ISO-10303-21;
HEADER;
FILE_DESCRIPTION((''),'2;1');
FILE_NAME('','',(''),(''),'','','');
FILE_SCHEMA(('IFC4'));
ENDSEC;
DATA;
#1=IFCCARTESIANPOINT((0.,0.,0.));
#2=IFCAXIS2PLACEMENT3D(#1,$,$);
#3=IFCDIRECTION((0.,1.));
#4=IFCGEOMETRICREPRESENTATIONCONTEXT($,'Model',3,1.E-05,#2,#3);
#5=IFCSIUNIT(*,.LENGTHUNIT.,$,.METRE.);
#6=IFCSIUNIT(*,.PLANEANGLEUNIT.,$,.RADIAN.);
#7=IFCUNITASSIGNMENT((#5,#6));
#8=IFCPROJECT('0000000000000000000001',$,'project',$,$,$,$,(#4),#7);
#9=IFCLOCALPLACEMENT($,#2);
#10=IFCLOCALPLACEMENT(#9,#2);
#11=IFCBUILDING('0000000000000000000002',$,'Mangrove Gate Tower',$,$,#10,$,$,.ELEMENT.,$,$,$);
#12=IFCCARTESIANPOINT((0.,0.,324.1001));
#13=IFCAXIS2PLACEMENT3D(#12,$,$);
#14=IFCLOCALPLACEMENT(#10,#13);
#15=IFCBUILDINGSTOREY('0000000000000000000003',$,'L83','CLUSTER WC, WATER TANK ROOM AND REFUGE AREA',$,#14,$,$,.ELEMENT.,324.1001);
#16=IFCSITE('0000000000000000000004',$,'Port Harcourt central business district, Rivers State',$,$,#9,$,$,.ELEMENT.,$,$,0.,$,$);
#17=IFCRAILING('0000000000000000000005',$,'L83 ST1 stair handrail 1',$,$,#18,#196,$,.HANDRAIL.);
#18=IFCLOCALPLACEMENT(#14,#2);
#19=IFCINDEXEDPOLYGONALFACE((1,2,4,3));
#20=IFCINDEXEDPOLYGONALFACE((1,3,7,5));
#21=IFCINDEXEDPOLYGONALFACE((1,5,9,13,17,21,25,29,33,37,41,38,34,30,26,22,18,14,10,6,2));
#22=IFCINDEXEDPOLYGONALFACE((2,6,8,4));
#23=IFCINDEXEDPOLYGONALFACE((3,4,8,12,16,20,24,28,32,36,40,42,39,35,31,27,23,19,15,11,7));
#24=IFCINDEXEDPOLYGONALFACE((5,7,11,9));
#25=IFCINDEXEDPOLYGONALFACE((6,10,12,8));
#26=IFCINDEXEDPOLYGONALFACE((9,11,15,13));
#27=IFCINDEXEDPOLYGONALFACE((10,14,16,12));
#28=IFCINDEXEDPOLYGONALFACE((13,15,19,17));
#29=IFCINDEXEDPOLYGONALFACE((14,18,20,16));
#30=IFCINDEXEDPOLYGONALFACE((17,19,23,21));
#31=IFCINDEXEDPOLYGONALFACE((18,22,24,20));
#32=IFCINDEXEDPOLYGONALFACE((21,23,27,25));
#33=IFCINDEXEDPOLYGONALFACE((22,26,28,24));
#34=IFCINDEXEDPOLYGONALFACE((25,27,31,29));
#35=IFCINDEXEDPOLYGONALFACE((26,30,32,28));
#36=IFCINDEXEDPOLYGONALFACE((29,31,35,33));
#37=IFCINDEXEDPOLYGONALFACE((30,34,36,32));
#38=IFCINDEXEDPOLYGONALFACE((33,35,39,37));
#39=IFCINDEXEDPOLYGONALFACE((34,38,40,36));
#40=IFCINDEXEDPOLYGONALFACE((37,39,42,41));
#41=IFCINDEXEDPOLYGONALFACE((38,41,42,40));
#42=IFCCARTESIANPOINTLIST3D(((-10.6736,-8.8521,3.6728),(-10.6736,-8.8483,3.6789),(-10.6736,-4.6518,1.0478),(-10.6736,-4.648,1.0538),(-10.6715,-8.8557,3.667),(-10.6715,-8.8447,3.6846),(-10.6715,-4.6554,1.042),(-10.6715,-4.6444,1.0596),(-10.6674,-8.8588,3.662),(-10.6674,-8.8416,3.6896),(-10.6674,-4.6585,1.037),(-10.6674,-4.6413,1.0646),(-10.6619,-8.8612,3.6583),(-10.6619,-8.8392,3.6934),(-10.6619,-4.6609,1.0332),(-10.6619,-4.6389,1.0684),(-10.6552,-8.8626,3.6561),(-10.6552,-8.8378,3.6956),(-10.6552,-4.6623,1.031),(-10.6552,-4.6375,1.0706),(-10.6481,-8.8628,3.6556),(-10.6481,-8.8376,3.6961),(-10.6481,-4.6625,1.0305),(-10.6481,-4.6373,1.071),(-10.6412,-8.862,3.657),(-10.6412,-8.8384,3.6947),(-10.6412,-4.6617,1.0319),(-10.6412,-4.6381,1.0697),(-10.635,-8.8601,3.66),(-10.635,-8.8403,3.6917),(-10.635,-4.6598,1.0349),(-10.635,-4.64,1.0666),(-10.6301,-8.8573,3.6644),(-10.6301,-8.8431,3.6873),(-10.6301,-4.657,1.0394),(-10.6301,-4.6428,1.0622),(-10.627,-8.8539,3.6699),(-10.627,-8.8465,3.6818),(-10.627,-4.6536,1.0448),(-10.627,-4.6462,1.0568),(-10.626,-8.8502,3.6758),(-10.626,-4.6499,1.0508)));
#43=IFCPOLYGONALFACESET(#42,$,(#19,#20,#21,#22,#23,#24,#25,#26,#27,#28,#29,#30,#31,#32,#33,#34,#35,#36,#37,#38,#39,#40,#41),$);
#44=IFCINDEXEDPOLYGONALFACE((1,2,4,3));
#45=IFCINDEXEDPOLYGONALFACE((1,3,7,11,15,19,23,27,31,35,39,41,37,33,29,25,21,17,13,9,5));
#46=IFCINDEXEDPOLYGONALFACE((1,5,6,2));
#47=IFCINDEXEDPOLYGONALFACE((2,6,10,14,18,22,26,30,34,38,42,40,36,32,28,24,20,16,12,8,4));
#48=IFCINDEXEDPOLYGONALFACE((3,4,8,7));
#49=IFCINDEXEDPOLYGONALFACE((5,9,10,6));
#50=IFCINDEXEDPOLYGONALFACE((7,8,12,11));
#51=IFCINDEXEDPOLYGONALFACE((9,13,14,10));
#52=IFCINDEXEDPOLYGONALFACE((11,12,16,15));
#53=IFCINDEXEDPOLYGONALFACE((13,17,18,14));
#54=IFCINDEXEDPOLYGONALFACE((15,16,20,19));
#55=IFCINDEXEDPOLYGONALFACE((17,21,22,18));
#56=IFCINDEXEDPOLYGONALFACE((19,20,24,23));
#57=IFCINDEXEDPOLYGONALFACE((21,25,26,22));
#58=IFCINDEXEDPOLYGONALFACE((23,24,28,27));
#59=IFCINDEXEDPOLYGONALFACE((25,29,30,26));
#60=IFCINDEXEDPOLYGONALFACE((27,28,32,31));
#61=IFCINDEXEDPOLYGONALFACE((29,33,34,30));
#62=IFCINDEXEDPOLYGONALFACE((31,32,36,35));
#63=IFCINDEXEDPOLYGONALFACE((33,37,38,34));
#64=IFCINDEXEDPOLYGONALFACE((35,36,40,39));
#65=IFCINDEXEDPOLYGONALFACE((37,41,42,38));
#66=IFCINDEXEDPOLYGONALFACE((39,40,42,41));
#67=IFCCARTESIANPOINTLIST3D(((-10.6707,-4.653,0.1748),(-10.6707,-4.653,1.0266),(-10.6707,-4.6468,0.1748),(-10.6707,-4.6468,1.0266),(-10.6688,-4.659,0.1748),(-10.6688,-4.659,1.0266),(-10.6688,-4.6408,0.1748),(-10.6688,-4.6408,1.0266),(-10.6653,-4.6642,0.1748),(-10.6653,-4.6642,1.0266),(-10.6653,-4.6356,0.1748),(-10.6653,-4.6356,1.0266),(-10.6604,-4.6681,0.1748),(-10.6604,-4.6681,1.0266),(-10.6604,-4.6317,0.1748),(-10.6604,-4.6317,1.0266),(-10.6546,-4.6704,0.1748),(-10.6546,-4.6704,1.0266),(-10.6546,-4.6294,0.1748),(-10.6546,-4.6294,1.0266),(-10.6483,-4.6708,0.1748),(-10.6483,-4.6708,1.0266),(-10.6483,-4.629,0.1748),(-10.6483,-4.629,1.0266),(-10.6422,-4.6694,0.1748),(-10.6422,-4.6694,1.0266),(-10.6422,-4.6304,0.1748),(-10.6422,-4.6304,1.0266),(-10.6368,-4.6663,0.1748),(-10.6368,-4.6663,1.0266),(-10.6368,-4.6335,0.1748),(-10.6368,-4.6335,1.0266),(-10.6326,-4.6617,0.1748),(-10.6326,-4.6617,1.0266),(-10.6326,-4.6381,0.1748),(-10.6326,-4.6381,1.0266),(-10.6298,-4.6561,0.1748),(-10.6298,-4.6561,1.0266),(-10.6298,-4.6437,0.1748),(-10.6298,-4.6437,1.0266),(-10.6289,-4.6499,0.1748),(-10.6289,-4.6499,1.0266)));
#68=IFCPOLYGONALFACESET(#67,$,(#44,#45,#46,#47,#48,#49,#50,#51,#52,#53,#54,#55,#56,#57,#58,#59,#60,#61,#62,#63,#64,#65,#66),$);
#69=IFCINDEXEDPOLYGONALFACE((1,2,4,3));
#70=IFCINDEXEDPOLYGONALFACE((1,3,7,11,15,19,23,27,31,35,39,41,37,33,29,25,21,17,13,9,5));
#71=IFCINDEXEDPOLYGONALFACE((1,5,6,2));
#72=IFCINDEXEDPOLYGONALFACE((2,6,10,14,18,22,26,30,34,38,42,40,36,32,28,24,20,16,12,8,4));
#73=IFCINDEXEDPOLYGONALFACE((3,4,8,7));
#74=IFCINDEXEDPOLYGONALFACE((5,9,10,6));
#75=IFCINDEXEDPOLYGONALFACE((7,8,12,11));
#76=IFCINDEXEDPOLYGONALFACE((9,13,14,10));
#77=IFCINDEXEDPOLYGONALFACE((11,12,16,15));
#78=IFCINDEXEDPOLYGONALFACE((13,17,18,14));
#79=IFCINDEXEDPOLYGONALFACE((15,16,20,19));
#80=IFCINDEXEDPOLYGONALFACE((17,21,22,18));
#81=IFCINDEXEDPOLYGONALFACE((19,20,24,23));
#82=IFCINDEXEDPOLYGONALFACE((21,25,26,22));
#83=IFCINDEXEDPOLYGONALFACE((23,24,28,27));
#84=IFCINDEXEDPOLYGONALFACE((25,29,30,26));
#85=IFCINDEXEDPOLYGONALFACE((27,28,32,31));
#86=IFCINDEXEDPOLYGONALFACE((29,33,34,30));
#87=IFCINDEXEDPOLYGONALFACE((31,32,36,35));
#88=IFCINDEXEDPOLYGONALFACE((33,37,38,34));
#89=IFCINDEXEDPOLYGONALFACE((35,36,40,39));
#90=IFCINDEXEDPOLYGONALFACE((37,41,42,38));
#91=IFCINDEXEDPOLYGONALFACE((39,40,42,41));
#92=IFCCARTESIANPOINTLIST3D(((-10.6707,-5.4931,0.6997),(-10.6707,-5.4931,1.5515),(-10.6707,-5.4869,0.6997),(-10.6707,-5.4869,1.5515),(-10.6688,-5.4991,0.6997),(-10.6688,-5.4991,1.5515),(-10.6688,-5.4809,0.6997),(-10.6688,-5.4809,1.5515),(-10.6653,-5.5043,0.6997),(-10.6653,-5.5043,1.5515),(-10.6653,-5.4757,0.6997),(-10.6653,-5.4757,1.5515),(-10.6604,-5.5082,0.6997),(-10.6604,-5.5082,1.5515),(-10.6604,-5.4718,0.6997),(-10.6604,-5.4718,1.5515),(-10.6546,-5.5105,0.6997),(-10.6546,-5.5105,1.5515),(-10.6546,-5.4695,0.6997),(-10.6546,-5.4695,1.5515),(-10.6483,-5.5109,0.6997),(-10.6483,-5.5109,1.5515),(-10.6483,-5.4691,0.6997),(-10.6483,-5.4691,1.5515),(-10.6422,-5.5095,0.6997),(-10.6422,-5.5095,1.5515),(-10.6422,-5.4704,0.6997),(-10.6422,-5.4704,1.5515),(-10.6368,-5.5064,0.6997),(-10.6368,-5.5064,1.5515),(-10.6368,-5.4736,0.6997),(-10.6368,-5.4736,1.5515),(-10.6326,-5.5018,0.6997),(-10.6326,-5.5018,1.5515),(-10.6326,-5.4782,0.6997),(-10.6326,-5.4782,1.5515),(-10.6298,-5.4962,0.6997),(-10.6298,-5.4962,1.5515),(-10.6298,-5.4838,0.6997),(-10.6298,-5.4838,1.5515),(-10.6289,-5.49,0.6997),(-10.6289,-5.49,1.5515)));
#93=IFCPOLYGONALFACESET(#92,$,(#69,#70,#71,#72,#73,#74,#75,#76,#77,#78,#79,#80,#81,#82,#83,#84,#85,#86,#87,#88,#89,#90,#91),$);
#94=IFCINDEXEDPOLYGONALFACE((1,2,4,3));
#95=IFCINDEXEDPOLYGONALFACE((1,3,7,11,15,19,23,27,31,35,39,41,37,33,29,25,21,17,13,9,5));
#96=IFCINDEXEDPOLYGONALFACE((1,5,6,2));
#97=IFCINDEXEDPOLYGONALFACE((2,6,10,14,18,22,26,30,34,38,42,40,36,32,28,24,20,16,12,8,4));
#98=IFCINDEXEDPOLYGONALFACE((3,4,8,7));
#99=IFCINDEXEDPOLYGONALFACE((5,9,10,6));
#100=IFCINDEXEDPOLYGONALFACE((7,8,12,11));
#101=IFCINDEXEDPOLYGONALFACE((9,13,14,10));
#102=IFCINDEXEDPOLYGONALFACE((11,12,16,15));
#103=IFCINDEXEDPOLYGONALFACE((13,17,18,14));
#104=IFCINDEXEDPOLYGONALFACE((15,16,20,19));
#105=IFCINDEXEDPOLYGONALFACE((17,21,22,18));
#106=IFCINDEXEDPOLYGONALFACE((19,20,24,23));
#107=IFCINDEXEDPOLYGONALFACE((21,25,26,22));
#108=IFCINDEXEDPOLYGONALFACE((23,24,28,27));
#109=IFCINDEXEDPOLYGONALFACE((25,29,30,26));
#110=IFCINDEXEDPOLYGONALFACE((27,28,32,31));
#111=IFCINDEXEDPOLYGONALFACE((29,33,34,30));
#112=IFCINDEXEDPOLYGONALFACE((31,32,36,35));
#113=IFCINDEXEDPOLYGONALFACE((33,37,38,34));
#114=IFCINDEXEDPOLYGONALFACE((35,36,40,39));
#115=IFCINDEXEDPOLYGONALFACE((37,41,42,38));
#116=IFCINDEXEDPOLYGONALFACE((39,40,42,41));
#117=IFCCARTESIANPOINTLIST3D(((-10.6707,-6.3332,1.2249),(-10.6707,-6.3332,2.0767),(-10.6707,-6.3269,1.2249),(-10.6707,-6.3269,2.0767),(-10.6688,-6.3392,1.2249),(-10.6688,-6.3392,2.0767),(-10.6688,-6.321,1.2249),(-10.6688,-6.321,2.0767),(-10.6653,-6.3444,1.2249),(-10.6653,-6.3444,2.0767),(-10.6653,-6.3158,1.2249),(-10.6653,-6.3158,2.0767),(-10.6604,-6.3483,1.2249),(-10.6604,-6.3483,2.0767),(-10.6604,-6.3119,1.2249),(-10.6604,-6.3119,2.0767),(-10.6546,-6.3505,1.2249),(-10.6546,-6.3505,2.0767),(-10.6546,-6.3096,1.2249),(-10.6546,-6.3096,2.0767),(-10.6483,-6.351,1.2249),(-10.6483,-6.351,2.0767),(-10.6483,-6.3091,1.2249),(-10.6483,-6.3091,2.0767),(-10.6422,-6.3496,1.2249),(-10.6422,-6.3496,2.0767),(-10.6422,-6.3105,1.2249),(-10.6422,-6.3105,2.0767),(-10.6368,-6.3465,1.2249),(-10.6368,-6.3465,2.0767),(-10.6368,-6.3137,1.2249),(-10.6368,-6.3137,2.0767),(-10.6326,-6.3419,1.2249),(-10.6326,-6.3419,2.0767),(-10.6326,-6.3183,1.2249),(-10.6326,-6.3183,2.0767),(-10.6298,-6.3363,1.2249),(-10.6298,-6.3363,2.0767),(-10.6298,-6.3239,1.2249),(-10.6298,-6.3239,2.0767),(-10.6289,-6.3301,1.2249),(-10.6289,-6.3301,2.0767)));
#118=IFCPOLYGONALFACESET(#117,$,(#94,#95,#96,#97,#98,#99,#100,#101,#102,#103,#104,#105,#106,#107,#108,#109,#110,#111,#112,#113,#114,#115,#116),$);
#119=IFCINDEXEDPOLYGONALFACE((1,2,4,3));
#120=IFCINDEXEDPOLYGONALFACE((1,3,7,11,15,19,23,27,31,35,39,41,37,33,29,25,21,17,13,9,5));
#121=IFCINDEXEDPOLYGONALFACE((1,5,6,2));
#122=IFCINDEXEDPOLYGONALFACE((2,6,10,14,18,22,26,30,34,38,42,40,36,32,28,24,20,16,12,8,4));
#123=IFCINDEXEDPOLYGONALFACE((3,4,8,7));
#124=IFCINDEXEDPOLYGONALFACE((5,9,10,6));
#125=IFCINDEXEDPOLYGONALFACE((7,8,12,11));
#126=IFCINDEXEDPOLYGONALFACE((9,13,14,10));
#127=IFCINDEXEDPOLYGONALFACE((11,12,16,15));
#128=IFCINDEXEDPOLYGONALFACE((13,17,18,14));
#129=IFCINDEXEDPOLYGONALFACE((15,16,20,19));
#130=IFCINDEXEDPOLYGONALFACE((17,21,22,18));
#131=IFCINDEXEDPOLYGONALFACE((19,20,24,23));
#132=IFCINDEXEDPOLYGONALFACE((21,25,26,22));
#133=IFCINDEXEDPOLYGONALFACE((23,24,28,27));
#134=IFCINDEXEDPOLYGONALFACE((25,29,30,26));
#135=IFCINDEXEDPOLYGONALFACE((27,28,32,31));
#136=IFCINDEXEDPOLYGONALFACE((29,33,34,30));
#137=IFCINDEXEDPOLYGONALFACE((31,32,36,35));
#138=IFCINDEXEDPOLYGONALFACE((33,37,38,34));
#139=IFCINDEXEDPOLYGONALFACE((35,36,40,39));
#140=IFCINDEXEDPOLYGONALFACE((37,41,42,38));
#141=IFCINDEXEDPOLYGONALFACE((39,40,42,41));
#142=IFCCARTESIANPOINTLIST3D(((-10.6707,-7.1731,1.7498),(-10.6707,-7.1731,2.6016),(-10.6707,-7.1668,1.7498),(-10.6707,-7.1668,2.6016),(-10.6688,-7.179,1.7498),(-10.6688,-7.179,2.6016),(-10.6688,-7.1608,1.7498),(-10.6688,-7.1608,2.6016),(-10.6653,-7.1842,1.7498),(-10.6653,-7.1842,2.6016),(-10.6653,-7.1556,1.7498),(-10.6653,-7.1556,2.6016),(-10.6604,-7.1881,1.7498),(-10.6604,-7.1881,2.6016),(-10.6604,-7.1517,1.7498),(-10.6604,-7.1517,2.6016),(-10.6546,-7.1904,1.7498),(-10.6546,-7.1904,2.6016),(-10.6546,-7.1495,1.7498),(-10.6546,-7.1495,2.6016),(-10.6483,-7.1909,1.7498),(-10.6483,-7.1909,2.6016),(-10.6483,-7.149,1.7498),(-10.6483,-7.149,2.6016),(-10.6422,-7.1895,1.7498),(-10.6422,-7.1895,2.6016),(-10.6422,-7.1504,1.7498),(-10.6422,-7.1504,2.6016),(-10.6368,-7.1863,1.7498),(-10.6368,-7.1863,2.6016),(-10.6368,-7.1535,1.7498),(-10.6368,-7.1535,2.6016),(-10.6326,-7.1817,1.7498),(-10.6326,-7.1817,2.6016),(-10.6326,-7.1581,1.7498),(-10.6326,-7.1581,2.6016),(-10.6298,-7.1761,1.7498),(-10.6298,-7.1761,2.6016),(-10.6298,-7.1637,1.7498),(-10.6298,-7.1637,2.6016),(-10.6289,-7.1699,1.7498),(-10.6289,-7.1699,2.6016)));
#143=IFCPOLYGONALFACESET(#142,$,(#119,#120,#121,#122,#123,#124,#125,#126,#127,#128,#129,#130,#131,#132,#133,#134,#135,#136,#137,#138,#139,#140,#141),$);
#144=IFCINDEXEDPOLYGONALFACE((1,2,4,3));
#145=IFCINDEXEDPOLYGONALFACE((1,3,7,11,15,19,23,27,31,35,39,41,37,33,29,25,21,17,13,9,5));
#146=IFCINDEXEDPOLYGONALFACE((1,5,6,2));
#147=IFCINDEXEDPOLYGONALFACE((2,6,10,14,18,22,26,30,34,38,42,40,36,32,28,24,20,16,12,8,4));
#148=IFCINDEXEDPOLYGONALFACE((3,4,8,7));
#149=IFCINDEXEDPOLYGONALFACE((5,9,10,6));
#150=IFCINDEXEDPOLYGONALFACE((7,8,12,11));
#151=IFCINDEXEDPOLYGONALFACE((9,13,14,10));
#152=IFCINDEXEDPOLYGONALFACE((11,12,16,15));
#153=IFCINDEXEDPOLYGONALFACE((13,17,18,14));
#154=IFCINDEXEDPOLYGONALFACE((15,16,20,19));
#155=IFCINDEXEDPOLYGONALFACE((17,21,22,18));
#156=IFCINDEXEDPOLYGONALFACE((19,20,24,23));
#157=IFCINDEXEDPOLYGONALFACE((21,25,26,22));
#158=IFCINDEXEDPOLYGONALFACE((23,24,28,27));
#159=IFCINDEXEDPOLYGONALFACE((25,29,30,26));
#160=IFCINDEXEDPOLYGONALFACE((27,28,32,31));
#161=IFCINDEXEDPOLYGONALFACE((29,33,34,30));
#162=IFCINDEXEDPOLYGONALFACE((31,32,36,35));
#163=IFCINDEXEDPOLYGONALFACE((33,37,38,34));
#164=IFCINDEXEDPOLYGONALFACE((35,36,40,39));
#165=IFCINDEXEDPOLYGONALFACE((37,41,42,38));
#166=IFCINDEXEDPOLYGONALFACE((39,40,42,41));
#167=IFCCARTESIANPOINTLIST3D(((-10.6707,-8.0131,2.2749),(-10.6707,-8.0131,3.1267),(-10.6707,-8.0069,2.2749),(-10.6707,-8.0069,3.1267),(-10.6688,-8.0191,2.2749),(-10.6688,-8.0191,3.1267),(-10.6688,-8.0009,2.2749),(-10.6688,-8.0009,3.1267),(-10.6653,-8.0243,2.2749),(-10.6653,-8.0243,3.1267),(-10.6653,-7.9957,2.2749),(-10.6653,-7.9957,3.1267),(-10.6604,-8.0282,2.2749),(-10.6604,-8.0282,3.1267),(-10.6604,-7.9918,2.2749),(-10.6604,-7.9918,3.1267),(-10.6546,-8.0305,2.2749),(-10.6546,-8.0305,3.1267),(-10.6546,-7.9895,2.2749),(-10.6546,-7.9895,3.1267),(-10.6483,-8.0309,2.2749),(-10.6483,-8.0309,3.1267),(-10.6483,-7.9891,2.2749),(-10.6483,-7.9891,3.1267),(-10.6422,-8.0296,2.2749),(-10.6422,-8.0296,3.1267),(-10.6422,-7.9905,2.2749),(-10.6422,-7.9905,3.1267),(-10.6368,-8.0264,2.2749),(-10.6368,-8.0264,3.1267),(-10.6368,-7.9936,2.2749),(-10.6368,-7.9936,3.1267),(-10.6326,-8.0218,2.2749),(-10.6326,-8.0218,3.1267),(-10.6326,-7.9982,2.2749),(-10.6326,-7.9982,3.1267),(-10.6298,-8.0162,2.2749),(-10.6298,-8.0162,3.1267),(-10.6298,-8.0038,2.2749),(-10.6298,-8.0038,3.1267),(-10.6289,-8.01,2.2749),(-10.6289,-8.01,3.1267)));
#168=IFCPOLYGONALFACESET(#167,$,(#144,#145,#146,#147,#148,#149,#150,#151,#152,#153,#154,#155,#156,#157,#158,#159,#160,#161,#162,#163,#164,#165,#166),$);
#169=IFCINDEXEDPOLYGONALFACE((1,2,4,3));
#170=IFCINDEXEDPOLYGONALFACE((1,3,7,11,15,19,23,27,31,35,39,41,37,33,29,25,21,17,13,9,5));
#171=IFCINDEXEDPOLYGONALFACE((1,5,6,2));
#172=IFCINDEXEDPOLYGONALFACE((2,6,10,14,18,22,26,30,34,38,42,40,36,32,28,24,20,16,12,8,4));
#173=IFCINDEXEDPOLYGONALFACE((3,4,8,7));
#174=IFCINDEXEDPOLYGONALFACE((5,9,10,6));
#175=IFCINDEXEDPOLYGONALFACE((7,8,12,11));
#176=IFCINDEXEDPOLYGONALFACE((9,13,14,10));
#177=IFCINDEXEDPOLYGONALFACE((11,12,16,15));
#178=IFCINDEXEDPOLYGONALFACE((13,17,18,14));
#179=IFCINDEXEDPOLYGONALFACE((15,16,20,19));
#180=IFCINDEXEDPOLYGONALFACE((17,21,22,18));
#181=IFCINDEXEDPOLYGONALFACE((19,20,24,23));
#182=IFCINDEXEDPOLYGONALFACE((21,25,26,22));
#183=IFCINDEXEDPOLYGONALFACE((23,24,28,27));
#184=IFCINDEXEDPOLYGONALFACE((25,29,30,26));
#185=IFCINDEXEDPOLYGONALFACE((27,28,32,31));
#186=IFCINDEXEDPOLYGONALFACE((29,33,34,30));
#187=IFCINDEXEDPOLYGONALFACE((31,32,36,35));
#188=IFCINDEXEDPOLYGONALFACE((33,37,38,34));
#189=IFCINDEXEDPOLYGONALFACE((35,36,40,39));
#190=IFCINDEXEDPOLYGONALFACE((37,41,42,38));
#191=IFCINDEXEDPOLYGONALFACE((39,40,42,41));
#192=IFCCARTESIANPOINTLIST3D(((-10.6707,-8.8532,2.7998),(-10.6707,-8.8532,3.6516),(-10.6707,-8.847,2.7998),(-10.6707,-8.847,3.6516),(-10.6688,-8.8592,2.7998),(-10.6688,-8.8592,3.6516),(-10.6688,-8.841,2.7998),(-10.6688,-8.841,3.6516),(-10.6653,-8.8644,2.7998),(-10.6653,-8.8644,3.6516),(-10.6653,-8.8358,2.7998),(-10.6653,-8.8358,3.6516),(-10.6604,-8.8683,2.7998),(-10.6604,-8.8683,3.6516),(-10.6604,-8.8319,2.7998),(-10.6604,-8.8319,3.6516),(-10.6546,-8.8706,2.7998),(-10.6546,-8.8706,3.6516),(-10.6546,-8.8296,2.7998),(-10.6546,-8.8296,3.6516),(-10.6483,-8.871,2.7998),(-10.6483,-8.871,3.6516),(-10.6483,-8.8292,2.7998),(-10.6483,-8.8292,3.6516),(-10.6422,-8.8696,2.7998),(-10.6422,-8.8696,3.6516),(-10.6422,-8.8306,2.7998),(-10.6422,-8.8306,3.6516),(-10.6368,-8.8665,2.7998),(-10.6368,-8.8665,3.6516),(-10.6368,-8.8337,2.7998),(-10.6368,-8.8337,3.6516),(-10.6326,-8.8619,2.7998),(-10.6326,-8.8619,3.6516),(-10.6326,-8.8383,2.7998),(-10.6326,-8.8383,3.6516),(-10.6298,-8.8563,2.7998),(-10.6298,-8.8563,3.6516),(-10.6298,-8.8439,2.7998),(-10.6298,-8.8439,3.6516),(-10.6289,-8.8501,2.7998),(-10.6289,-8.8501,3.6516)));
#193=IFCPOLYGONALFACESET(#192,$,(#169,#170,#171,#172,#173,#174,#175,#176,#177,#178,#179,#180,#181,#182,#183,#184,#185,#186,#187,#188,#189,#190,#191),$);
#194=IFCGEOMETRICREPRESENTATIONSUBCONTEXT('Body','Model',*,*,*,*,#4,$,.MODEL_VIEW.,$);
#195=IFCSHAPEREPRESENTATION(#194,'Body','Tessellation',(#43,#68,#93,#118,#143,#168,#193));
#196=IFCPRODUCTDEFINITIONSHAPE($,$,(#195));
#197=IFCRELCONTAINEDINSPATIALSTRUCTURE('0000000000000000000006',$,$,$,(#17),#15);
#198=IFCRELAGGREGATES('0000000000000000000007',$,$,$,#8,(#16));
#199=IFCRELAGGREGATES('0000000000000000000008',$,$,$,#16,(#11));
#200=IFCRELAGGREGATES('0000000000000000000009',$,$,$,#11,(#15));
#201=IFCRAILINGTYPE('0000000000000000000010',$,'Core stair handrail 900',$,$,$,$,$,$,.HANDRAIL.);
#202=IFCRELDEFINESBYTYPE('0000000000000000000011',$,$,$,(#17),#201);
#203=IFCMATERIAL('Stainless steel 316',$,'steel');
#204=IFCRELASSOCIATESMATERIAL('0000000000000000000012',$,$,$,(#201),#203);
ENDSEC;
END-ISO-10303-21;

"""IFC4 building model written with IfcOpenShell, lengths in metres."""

from ifc_helpers import new_model, si_unit, direction, frame, origin, origin_2d, place, context, subcontext, project, spatial, circle, extrude, material, type_object, element, save


model = new_model("IFC4")

# Units and contexts
model_context = context("Model", 3, precision=1e-05, world=origin(), true_north=direction((0.0, 1.0)))
body_context = subcontext(model_context, "Body", "Model", "MODEL_VIEW")
ifc_project = project(units=[si_unit("LENGTHUNIT", "METRE"), si_unit("PLANEANGLEUNIT", "RADIAN")], contexts=[model_context])

# Site, building, storey
site_placement = place(None, origin())
site = spatial("IfcSite", under=ifc_project, at=site_placement, Name="Port Harcourt central business district, Rivers State", CompositionType="ELEMENT", RefElevation=0.0)
building_placement = place(site_placement, origin())
building = spatial("IfcBuilding", under=site, at=building_placement, Name="Mangrove Gate Tower", CompositionType="ELEMENT")
storey_placement = place(building_placement, frame((0.0, 0.0, 324.1001)))
storey = spatial("IfcBuildingStorey", under=building, at=storey_placement, Name="L83", Description="CLUSTER WC, WATER TANK ROOM AND REFUGE AREA", CompositionType="ELEMENT", Elevation=324.1001)

# Railing
ifc_material_1 = material(Name="Stainless steel 316", Category="steel")
railing_type = type_object("IfcRailingType", Name="Core stair handrail 900", PredefinedType="HANDRAIL", material=ifc_material_1)
railing_placement = place(storey_placement, frame((-10.6499, -4.6499, 0.1748)))
element("IfcRailing", 1, at=railing_placement, inside=storey, type_object=railing_type, Name="L83 ST1 stair handrail 1", PredefinedType="HANDRAIL", context=body_context, shape_type="SweptSolid", body=[
    extrude(circle(Radius=0.0239, at=origin_2d()), frame((0.0, 0.0, 0.876), z_axis=(0.0, -0.848009, 0.529981), x_axis=(1.0, 0.0, 0.0)), (0.0, 0.0, 1.0), 4.9531),
    extrude(circle(Radius=0.021, at=origin_2d()), origin(), (0.0, 0.0, 1.0), 0.8518),
    extrude(circle(Radius=0.021, at=origin_2d()), frame((0.0, -0.8401, 0.5249)), (0.0, 0.0, 1.0), 0.8518),
    extrude(circle(Radius=0.021, at=origin_2d()), frame((0.0, -1.6802, 1.05)), (0.0, 0.0, 1.0), 0.8518),
    extrude(circle(Radius=0.021, at=origin_2d()), frame((0.0, -2.52, 1.575)), (0.0, 0.0, 1.0), 0.8518),
    extrude(circle(Radius=0.021, at=origin_2d()), frame((0.0, -3.3601, 2.1001)), (0.0, 0.0, 1.0), 0.8518),
    extrude(circle(Radius=0.021, at=origin_2d()), frame((0.0, -4.2002, 2.625)), (0.0, 0.0, 1.0), 0.8518),
])

save(model, "model.ifc")
